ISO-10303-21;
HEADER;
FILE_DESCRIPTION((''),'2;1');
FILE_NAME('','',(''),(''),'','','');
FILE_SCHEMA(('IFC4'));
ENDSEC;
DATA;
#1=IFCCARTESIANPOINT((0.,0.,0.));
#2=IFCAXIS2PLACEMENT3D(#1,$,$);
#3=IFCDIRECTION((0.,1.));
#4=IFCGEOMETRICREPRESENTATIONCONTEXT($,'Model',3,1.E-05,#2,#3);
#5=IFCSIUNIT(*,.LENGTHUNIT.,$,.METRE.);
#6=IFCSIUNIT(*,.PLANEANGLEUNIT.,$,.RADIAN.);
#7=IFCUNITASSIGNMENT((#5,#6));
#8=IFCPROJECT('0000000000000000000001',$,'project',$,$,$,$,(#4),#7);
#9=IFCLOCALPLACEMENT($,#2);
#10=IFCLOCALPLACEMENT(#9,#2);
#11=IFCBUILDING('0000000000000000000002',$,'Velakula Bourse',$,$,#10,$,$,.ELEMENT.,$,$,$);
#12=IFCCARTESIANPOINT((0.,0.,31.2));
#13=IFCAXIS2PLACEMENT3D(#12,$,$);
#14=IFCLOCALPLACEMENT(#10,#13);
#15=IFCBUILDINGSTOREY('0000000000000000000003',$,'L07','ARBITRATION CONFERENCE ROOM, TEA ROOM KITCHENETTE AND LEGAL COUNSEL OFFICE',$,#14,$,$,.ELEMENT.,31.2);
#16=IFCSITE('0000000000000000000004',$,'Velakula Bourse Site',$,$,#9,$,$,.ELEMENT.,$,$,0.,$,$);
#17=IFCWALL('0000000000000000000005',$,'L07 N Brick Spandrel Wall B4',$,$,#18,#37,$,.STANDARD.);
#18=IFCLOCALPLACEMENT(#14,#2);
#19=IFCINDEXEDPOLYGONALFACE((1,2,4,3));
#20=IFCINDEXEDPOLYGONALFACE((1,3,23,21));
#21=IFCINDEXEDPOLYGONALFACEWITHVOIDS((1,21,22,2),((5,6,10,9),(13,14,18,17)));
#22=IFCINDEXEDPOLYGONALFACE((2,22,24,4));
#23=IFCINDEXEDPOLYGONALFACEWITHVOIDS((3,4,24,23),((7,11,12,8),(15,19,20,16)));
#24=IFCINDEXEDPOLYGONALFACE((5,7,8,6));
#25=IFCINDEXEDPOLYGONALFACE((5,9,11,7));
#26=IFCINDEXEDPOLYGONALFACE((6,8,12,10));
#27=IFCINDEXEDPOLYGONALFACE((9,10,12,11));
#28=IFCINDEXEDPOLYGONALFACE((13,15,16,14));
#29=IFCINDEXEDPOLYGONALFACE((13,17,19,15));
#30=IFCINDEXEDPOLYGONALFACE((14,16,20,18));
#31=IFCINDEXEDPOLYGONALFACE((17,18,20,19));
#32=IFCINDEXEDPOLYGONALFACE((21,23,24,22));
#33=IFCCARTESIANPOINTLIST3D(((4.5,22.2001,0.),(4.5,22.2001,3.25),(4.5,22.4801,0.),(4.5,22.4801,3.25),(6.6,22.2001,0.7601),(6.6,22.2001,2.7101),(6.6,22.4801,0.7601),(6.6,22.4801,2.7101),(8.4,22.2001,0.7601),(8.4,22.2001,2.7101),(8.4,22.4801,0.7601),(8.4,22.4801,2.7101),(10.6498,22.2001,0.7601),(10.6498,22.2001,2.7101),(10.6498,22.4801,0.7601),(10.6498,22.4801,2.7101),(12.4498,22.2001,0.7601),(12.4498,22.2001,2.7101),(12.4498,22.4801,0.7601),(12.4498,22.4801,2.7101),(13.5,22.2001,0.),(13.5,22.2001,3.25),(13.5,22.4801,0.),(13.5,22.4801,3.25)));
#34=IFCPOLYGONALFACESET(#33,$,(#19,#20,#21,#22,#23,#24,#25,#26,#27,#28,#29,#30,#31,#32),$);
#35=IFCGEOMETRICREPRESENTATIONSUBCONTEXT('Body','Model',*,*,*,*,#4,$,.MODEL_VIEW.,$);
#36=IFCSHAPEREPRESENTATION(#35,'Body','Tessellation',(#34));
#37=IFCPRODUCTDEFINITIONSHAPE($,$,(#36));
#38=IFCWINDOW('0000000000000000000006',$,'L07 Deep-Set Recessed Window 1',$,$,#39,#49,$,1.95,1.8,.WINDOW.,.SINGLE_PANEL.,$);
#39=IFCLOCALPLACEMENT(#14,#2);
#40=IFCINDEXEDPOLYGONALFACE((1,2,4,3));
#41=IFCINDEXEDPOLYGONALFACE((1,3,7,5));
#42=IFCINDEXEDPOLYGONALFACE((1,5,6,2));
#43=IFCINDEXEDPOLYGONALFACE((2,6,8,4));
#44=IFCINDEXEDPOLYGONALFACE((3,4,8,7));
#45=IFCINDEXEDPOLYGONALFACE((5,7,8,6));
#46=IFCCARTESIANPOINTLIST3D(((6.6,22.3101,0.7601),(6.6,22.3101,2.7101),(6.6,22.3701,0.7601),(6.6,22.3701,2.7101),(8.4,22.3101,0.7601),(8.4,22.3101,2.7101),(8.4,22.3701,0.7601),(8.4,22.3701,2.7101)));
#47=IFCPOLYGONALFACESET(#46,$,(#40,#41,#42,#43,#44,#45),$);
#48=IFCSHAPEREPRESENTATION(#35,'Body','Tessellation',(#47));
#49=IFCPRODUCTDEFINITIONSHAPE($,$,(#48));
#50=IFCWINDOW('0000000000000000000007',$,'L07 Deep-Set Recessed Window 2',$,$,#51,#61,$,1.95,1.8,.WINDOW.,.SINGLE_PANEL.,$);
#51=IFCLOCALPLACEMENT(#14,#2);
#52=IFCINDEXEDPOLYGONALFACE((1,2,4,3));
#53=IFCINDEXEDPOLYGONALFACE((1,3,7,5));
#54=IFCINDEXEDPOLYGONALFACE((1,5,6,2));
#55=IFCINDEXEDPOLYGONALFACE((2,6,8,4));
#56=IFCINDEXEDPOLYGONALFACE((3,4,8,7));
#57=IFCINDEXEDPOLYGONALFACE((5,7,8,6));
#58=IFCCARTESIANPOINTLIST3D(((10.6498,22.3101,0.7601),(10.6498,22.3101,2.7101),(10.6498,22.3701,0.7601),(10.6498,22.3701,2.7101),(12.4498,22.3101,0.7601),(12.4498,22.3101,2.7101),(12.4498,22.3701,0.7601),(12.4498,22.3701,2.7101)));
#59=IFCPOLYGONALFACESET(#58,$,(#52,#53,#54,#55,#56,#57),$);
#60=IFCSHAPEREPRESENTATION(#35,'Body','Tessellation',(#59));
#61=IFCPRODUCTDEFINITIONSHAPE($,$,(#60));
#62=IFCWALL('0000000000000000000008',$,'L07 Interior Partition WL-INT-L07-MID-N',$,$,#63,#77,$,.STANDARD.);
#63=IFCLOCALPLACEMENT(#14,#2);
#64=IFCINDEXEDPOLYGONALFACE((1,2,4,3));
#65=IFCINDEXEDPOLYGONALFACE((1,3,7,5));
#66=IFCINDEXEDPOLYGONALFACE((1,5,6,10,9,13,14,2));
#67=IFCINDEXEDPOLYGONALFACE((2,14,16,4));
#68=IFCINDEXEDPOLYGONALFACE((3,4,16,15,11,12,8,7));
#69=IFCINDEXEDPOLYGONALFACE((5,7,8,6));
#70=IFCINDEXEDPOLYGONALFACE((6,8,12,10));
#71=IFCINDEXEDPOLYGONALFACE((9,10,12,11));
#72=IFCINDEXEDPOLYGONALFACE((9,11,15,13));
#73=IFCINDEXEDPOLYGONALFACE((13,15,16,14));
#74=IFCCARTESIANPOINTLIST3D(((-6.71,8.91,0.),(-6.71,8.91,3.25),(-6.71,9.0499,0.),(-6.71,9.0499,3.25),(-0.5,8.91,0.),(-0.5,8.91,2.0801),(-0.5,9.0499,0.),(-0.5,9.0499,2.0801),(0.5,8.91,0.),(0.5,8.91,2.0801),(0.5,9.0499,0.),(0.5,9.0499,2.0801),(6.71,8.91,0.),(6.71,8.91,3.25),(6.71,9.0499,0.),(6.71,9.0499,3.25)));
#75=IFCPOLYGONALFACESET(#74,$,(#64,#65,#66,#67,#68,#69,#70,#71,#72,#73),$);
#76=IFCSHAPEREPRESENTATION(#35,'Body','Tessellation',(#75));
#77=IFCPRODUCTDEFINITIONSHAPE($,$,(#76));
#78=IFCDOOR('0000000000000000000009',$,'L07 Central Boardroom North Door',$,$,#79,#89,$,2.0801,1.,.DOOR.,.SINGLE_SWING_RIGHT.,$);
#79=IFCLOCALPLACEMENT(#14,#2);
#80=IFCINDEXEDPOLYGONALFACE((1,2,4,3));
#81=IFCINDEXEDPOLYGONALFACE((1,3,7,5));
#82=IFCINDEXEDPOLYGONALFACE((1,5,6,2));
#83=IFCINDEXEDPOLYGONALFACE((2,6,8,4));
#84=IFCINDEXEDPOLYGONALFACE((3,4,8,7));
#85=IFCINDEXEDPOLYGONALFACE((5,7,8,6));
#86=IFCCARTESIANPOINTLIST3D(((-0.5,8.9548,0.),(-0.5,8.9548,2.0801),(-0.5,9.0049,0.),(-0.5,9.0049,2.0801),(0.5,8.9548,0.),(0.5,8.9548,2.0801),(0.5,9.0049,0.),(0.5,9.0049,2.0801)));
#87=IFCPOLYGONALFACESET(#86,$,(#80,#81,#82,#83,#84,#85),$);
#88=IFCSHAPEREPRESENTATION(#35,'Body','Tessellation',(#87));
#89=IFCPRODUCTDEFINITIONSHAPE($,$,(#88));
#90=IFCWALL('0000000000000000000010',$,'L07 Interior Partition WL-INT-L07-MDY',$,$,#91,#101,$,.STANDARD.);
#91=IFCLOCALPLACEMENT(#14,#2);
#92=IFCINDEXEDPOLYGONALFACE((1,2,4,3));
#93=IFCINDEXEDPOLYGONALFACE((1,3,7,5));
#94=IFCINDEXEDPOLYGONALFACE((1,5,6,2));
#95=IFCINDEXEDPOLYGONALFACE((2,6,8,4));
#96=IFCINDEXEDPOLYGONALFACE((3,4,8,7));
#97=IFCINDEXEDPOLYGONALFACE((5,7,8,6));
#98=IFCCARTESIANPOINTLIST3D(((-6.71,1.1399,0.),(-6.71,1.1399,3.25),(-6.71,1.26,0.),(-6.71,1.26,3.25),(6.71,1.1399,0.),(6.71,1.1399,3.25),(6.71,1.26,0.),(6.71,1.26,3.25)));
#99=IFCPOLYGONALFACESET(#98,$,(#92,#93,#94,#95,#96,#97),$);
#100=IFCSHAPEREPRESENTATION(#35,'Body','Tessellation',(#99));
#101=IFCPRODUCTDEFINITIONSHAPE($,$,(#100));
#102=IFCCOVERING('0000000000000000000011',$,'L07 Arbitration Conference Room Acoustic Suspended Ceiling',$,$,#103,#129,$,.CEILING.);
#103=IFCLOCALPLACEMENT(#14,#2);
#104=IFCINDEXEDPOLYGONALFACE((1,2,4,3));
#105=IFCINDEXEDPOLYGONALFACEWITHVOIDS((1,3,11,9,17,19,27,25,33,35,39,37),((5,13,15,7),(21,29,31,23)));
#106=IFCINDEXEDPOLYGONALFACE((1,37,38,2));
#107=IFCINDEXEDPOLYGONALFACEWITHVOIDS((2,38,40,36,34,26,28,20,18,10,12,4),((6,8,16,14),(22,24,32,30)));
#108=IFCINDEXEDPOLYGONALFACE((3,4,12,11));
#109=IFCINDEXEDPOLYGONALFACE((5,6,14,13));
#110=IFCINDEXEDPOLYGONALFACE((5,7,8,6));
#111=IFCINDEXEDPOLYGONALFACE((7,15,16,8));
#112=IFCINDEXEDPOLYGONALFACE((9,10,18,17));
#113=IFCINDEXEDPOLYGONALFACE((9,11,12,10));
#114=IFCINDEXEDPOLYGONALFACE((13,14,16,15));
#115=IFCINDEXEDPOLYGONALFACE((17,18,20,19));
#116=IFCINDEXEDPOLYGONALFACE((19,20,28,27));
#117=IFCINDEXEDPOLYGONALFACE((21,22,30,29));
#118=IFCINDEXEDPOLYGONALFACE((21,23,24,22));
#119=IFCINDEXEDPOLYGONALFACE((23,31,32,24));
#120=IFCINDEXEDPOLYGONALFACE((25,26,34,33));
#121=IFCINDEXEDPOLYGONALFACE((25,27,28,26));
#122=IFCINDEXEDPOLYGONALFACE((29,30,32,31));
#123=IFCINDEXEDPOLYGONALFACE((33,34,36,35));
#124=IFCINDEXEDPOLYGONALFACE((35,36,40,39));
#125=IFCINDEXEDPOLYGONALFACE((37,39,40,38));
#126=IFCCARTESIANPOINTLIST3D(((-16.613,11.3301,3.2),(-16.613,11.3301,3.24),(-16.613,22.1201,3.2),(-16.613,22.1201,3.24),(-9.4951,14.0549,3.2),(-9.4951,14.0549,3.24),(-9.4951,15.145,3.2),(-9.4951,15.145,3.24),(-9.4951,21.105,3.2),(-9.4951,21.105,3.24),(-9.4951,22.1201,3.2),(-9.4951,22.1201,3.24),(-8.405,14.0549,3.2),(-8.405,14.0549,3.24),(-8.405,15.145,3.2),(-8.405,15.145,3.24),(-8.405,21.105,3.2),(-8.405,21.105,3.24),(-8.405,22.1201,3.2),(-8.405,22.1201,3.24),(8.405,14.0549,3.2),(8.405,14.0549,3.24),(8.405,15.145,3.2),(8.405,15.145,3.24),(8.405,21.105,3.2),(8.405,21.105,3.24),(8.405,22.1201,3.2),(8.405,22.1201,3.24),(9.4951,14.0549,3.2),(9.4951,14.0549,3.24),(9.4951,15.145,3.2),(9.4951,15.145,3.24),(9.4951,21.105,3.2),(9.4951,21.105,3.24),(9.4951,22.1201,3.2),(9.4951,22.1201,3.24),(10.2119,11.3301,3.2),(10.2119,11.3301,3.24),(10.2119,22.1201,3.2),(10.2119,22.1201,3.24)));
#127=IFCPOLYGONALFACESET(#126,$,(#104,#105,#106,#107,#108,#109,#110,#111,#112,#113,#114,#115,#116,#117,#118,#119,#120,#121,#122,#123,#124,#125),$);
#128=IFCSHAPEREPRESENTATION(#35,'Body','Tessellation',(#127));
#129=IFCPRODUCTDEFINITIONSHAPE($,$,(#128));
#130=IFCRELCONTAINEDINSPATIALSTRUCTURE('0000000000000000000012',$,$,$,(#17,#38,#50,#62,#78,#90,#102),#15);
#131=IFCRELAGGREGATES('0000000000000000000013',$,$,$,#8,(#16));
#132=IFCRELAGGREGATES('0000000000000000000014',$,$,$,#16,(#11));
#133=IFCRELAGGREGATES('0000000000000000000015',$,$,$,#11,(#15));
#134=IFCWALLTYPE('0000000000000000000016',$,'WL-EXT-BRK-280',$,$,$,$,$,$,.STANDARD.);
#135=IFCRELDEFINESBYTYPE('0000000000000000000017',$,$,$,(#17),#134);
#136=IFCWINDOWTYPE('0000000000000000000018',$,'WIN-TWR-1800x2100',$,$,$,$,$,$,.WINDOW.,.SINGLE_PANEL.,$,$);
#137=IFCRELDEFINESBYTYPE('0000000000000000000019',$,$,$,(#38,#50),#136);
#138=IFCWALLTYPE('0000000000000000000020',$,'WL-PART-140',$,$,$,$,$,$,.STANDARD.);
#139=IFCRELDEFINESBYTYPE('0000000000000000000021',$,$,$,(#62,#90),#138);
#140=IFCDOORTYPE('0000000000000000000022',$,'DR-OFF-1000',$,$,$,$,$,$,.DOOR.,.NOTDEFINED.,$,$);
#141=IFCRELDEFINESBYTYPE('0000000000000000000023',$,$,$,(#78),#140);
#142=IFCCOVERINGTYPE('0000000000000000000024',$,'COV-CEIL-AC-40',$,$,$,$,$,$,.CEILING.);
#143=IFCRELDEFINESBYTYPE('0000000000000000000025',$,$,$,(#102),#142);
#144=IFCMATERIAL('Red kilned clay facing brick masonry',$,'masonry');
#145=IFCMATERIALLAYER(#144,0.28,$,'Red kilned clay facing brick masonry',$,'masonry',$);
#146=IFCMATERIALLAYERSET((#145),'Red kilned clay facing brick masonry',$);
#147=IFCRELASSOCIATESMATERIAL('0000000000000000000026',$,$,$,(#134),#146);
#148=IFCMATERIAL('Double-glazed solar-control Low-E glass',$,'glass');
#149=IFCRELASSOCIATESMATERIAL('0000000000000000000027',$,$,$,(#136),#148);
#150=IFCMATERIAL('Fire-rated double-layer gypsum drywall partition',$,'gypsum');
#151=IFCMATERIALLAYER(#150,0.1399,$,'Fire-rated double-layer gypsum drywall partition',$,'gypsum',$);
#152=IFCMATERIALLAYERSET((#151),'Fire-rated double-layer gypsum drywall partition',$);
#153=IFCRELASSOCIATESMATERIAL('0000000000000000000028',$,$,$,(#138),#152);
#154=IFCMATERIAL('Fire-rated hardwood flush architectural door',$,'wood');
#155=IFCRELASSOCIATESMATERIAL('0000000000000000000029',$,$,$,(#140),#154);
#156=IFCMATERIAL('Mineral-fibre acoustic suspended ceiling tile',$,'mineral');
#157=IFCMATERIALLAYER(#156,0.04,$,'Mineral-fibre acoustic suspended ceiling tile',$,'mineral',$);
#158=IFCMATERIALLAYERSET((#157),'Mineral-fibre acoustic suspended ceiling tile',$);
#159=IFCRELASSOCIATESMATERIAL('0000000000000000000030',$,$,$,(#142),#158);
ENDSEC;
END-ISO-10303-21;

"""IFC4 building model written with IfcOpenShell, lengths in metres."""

from ifc_helpers import new_model, si_unit, direction, frame, frame_2d, origin, place, context, subcontext, project, spatial, polyline, rectangle, outline, extrude, material, layer, layer_set, type_object, element, fill, save


model = new_model("IFC4")

# Units and contexts
model_context = context("Model", 3, precision=1e-05, world=origin(), true_north=direction((0.0, 1.0)))
body_context = subcontext(model_context, "Body", "Model", "MODEL_VIEW")
ifc_project = project(units=[si_unit("LENGTHUNIT", "METRE"), si_unit("PLANEANGLEUNIT", "RADIAN")], contexts=[model_context])

# Site, building, storey
site_placement = place(None, origin())
site = spatial("IfcSite", under=ifc_project, at=site_placement, Name="Velakula Bourse Site", CompositionType="ELEMENT", RefElevation=0.0)
building_placement = place(site_placement, origin())
building = spatial("IfcBuilding", under=site, at=building_placement, Name="Velakula Bourse", CompositionType="ELEMENT")
storey_placement = place(building_placement, frame((0.0, 0.0, 31.2)))
storey = spatial("IfcBuildingStorey", under=building, at=storey_placement, Name="L07", Description="ARBITRATION CONFERENCE ROOM, TEA ROOM KITCHENETTE AND LEGAL COUNSEL OFFICE", CompositionType="ELEMENT", Elevation=31.2)

# Shared definitions
ifc_material_1 = material(Name="Fire-rated hardwood flush architectural door", Category="wood")

# Wall, openings, windows
ifc_material_2 = material(Name="Red kilned clay facing brick masonry", Category="masonry")
ifc_layer_1 = layer(ifc_material_2, 0.28, Name="Red kilned clay facing brick masonry", Category="masonry")
ifc_layer_set_1 = layer_set([ifc_layer_1], Name="Red kilned clay facing brick masonry")
wall_type_1 = type_object("IfcWallType", Name="WL-EXT-BRK-280", PredefinedType="STANDARD", material=ifc_layer_set_1)
ifc_material_3 = material(Name="Double-glazed solar-control Low-E glass", Category="glass")
window_type = type_object("IfcWindowType", Name="WIN-TWR-1800x2100", PartitioningType="SINGLE_PANEL", PredefinedType="WINDOW", material=ifc_material_3)
wall_1_placement = place(storey_placement, frame((4.5, 22.3401, 0.0), z_axis=(0.0, 0.0, 1.0), x_axis=(1.0, 0.0, 0.0)))
wall_1 = element("IfcWall", 1, at=wall_1_placement, inside=storey, type_object=wall_type_1, Name="L07 N Brick Spandrel Wall B4", PredefinedType="STANDARD", context=body_context, shape_type="SweptSolid", body=[
    extrude(rectangle(XDim=9.0, YDim=0.28, at=frame_2d((4.5, 0.0))), origin(), (0.0, 0.0, 1.0), 3.25),
])
opening_1_placement = place(wall_1_placement, frame((2.1001, 0.0, 0.76)))
opening_1 = element("IfcOpeningElement", 2, at=opening_1_placement, cuts=wall_1, PredefinedType="OPENING", context=body_context, shape_type="SweptSolid", body=[
    extrude(rectangle(XDim=1.8, YDim=1.95, at=frame_2d((0.8999, 0.9751))), frame((0.0, 0.1499, 0.0), z_axis=(0.0, -1.0, 0.0), x_axis=(1.0, 0.0, 0.0)), (0.0, 0.0, 1.0), 0.3),
])
opening_2_placement = place(wall_1_placement, frame((6.1499, 0.0, 0.76)))
opening_2 = element("IfcOpeningElement", 3, at=opening_2_placement, cuts=wall_1, PredefinedType="OPENING", context=body_context, shape_type="SweptSolid", body=[
    extrude(rectangle(XDim=1.8, YDim=1.95, at=frame_2d((0.8999, 0.9751))), frame((0.0, 0.1499, 0.0), z_axis=(0.0, -1.0, 0.0), x_axis=(1.0, 0.0, 0.0)), (0.0, 0.0, 1.0), 0.3),
])
window_1_placement = place(opening_1_placement, origin())
window_1 = element("IfcWindow", 4, at=window_1_placement, inside=storey, type_object=window_type, Name="L07 Deep-Set Recessed Window 1", OverallHeight=1.95, OverallWidth=1.8, PartitioningType="SINGLE_PANEL", PredefinedType="WINDOW", context=body_context, shape_type="SweptSolid", body=[
    extrude(rectangle(XDim=1.8, YDim=1.95, at=frame_2d((0.8999, 0.9751))), frame((0.0, 0.03, 0.0), z_axis=(0.0, -1.0, 0.0), x_axis=(1.0, 0.0, 0.0)), (0.0, 0.0, 1.0), 0.0601),
])
fill(opening_1, window_1)
window_2_placement = place(opening_2_placement, origin())
window_2 = element("IfcWindow", 5, at=window_2_placement, inside=storey, type_object=window_type, Name="L07 Deep-Set Recessed Window 2", OverallHeight=1.95, OverallWidth=1.8, PartitioningType="SINGLE_PANEL", PredefinedType="WINDOW", context=body_context, shape_type="SweptSolid", body=[
    extrude(rectangle(XDim=1.8, YDim=1.95, at=frame_2d((0.8999, 0.9751))), frame((0.0, 0.03, 0.0), z_axis=(0.0, -1.0, 0.0), x_axis=(1.0, 0.0, 0.0)), (0.0, 0.0, 1.0), 0.0601),
])
fill(opening_2, window_2)

# Wall, opening, door
ifc_material_4 = material(Name="Fire-rated double-layer gypsum drywall partition", Category="gypsum")
ifc_layer_2 = layer(ifc_material_4, 0.1399, Name="Fire-rated double-layer gypsum drywall partition", Category="gypsum")
ifc_layer_set_2 = layer_set([ifc_layer_2], Name="Fire-rated double-layer gypsum drywall partition")
wall_type_2 = type_object("IfcWallType", Name="WL-PART-140", PredefinedType="STANDARD", material=ifc_layer_set_2)
wall_2_placement = place(storey_placement, frame((-6.71, 8.98, 0.0), z_axis=(0.0, 0.0, 1.0), x_axis=(1.0, 0.0, 0.0)))
wall_2 = element("IfcWall", 6, at=wall_2_placement, inside=storey, type_object=wall_type_2, Name="L07 Interior Partition WL-INT-L07-MID-N", PredefinedType="STANDARD", context=body_context, shape_type="SweptSolid", body=[
    extrude(rectangle(XDim=13.4199, YDim=0.1399, at=frame_2d((6.71, 0.0))), origin(), (0.0, 0.0, 1.0), 3.25),
])
opening_3_placement = place(wall_2_placement, frame((6.21, 0.0, 0.0)))
opening_3 = element("IfcOpeningElement", 7, at=opening_3_placement, cuts=wall_2, PredefinedType="OPENING", context=body_context, shape_type="SweptSolid", body=[
    extrude(rectangle(XDim=1.0, YDim=2.0801, at=frame_2d((0.5, 1.04))), frame((0.0, 0.0798, 0.0), z_axis=(0.0, -1.0, 0.0), x_axis=(1.0, 0.0, 0.0)), (0.0, 0.0, 1.0), 0.1599),
])
door_type_1 = type_object("IfcDoorType", Name="DR-OFF-1000", OperationType="NOTDEFINED", PredefinedType="DOOR", material=ifc_material_1)
door_1_placement = place(opening_3_placement, origin())
door_1 = element("IfcDoor", 8, at=door_1_placement, inside=storey, type_object=door_type_1, Name="L07 Central Boardroom North Door", OperationType="SINGLE_SWING_RIGHT", OverallHeight=2.0801, OverallWidth=1.0, PredefinedType="DOOR", context=body_context, shape_type="SweptSolid", body=[
    extrude(rectangle(XDim=1.0, YDim=2.0801, at=frame_2d((0.5, 1.04))), frame((0.0, 0.0249, 0.0), z_axis=(0.0, -1.0, 0.0), x_axis=(1.0, 0.0, 0.0)), (0.0, 0.0, 1.0), 0.05),
])
fill(opening_3, door_1)

# Wall
wall_3_placement = place(storey_placement, frame((-6.71, 1.2, 0.0), z_axis=(0.0, 0.0, 1.0), x_axis=(1.0, 0.0, 0.0)))
element("IfcWall", 9, at=wall_3_placement, inside=storey, type_object=wall_type_2, Name="L07 Interior Partition WL-INT-L07-MDY", PredefinedType="STANDARD", context=body_context, shape_type="SweptSolid", body=[
    extrude(rectangle(XDim=13.4199, YDim=0.1201, at=frame_2d((6.71, 0.0))), origin(), (0.0, 0.0, 1.0), 3.25),
])

# Covering
ifc_material_5 = material(Name="Mineral-fibre acoustic suspended ceiling tile", Category="mineral")
ifc_layer_3 = layer(ifc_material_5, 0.04, Name="Mineral-fibre acoustic suspended ceiling tile", Category="mineral")
ifc_layer_set_3 = layer_set([ifc_layer_3], Name="Mineral-fibre acoustic suspended ceiling tile")
covering_type_1 = type_object("IfcCoveringType", Name="COV-CEIL-AC-40", PredefinedType="CEILING", material=ifc_layer_set_3)
covering_1_placement = place(storey_placement, frame((0.0, 0.0, 3.2)))
element("IfcCovering", 10, at=covering_1_placement, inside=storey, type_object=covering_type_1, Name="L07 Arbitration Conference Room Acoustic Suspended Ceiling", PredefinedType="CEILING", context=body_context, shape_type="SweptSolid", body=[
    extrude(outline(polyline([(8.405, 22.1201), (8.405, 21.105), (9.4951, 21.105), (9.4951, 22.1201), (10.2119, 22.1201), (10.2119, 11.3301), (-16.613, 11.3301), (-16.613, 22.1201), (-9.4951, 22.1201), (-9.4951, 21.105), (-8.405, 21.105), (-8.405, 22.1201), (8.405, 22.1201)]), holes=[polyline([(8.405, 15.145), (8.405, 14.0549), (9.4951, 14.0549), (9.4951, 15.145), (8.405, 15.145)]), polyline([(-9.4951, 14.0549), (-8.405, 14.0549), (-8.405, 15.145), (-9.4951, 15.145), (-9.4951, 14.0549)])]), origin(), (0.0, 0.0, 1.0), 0.04),
])

save(model, "model.ifc")
